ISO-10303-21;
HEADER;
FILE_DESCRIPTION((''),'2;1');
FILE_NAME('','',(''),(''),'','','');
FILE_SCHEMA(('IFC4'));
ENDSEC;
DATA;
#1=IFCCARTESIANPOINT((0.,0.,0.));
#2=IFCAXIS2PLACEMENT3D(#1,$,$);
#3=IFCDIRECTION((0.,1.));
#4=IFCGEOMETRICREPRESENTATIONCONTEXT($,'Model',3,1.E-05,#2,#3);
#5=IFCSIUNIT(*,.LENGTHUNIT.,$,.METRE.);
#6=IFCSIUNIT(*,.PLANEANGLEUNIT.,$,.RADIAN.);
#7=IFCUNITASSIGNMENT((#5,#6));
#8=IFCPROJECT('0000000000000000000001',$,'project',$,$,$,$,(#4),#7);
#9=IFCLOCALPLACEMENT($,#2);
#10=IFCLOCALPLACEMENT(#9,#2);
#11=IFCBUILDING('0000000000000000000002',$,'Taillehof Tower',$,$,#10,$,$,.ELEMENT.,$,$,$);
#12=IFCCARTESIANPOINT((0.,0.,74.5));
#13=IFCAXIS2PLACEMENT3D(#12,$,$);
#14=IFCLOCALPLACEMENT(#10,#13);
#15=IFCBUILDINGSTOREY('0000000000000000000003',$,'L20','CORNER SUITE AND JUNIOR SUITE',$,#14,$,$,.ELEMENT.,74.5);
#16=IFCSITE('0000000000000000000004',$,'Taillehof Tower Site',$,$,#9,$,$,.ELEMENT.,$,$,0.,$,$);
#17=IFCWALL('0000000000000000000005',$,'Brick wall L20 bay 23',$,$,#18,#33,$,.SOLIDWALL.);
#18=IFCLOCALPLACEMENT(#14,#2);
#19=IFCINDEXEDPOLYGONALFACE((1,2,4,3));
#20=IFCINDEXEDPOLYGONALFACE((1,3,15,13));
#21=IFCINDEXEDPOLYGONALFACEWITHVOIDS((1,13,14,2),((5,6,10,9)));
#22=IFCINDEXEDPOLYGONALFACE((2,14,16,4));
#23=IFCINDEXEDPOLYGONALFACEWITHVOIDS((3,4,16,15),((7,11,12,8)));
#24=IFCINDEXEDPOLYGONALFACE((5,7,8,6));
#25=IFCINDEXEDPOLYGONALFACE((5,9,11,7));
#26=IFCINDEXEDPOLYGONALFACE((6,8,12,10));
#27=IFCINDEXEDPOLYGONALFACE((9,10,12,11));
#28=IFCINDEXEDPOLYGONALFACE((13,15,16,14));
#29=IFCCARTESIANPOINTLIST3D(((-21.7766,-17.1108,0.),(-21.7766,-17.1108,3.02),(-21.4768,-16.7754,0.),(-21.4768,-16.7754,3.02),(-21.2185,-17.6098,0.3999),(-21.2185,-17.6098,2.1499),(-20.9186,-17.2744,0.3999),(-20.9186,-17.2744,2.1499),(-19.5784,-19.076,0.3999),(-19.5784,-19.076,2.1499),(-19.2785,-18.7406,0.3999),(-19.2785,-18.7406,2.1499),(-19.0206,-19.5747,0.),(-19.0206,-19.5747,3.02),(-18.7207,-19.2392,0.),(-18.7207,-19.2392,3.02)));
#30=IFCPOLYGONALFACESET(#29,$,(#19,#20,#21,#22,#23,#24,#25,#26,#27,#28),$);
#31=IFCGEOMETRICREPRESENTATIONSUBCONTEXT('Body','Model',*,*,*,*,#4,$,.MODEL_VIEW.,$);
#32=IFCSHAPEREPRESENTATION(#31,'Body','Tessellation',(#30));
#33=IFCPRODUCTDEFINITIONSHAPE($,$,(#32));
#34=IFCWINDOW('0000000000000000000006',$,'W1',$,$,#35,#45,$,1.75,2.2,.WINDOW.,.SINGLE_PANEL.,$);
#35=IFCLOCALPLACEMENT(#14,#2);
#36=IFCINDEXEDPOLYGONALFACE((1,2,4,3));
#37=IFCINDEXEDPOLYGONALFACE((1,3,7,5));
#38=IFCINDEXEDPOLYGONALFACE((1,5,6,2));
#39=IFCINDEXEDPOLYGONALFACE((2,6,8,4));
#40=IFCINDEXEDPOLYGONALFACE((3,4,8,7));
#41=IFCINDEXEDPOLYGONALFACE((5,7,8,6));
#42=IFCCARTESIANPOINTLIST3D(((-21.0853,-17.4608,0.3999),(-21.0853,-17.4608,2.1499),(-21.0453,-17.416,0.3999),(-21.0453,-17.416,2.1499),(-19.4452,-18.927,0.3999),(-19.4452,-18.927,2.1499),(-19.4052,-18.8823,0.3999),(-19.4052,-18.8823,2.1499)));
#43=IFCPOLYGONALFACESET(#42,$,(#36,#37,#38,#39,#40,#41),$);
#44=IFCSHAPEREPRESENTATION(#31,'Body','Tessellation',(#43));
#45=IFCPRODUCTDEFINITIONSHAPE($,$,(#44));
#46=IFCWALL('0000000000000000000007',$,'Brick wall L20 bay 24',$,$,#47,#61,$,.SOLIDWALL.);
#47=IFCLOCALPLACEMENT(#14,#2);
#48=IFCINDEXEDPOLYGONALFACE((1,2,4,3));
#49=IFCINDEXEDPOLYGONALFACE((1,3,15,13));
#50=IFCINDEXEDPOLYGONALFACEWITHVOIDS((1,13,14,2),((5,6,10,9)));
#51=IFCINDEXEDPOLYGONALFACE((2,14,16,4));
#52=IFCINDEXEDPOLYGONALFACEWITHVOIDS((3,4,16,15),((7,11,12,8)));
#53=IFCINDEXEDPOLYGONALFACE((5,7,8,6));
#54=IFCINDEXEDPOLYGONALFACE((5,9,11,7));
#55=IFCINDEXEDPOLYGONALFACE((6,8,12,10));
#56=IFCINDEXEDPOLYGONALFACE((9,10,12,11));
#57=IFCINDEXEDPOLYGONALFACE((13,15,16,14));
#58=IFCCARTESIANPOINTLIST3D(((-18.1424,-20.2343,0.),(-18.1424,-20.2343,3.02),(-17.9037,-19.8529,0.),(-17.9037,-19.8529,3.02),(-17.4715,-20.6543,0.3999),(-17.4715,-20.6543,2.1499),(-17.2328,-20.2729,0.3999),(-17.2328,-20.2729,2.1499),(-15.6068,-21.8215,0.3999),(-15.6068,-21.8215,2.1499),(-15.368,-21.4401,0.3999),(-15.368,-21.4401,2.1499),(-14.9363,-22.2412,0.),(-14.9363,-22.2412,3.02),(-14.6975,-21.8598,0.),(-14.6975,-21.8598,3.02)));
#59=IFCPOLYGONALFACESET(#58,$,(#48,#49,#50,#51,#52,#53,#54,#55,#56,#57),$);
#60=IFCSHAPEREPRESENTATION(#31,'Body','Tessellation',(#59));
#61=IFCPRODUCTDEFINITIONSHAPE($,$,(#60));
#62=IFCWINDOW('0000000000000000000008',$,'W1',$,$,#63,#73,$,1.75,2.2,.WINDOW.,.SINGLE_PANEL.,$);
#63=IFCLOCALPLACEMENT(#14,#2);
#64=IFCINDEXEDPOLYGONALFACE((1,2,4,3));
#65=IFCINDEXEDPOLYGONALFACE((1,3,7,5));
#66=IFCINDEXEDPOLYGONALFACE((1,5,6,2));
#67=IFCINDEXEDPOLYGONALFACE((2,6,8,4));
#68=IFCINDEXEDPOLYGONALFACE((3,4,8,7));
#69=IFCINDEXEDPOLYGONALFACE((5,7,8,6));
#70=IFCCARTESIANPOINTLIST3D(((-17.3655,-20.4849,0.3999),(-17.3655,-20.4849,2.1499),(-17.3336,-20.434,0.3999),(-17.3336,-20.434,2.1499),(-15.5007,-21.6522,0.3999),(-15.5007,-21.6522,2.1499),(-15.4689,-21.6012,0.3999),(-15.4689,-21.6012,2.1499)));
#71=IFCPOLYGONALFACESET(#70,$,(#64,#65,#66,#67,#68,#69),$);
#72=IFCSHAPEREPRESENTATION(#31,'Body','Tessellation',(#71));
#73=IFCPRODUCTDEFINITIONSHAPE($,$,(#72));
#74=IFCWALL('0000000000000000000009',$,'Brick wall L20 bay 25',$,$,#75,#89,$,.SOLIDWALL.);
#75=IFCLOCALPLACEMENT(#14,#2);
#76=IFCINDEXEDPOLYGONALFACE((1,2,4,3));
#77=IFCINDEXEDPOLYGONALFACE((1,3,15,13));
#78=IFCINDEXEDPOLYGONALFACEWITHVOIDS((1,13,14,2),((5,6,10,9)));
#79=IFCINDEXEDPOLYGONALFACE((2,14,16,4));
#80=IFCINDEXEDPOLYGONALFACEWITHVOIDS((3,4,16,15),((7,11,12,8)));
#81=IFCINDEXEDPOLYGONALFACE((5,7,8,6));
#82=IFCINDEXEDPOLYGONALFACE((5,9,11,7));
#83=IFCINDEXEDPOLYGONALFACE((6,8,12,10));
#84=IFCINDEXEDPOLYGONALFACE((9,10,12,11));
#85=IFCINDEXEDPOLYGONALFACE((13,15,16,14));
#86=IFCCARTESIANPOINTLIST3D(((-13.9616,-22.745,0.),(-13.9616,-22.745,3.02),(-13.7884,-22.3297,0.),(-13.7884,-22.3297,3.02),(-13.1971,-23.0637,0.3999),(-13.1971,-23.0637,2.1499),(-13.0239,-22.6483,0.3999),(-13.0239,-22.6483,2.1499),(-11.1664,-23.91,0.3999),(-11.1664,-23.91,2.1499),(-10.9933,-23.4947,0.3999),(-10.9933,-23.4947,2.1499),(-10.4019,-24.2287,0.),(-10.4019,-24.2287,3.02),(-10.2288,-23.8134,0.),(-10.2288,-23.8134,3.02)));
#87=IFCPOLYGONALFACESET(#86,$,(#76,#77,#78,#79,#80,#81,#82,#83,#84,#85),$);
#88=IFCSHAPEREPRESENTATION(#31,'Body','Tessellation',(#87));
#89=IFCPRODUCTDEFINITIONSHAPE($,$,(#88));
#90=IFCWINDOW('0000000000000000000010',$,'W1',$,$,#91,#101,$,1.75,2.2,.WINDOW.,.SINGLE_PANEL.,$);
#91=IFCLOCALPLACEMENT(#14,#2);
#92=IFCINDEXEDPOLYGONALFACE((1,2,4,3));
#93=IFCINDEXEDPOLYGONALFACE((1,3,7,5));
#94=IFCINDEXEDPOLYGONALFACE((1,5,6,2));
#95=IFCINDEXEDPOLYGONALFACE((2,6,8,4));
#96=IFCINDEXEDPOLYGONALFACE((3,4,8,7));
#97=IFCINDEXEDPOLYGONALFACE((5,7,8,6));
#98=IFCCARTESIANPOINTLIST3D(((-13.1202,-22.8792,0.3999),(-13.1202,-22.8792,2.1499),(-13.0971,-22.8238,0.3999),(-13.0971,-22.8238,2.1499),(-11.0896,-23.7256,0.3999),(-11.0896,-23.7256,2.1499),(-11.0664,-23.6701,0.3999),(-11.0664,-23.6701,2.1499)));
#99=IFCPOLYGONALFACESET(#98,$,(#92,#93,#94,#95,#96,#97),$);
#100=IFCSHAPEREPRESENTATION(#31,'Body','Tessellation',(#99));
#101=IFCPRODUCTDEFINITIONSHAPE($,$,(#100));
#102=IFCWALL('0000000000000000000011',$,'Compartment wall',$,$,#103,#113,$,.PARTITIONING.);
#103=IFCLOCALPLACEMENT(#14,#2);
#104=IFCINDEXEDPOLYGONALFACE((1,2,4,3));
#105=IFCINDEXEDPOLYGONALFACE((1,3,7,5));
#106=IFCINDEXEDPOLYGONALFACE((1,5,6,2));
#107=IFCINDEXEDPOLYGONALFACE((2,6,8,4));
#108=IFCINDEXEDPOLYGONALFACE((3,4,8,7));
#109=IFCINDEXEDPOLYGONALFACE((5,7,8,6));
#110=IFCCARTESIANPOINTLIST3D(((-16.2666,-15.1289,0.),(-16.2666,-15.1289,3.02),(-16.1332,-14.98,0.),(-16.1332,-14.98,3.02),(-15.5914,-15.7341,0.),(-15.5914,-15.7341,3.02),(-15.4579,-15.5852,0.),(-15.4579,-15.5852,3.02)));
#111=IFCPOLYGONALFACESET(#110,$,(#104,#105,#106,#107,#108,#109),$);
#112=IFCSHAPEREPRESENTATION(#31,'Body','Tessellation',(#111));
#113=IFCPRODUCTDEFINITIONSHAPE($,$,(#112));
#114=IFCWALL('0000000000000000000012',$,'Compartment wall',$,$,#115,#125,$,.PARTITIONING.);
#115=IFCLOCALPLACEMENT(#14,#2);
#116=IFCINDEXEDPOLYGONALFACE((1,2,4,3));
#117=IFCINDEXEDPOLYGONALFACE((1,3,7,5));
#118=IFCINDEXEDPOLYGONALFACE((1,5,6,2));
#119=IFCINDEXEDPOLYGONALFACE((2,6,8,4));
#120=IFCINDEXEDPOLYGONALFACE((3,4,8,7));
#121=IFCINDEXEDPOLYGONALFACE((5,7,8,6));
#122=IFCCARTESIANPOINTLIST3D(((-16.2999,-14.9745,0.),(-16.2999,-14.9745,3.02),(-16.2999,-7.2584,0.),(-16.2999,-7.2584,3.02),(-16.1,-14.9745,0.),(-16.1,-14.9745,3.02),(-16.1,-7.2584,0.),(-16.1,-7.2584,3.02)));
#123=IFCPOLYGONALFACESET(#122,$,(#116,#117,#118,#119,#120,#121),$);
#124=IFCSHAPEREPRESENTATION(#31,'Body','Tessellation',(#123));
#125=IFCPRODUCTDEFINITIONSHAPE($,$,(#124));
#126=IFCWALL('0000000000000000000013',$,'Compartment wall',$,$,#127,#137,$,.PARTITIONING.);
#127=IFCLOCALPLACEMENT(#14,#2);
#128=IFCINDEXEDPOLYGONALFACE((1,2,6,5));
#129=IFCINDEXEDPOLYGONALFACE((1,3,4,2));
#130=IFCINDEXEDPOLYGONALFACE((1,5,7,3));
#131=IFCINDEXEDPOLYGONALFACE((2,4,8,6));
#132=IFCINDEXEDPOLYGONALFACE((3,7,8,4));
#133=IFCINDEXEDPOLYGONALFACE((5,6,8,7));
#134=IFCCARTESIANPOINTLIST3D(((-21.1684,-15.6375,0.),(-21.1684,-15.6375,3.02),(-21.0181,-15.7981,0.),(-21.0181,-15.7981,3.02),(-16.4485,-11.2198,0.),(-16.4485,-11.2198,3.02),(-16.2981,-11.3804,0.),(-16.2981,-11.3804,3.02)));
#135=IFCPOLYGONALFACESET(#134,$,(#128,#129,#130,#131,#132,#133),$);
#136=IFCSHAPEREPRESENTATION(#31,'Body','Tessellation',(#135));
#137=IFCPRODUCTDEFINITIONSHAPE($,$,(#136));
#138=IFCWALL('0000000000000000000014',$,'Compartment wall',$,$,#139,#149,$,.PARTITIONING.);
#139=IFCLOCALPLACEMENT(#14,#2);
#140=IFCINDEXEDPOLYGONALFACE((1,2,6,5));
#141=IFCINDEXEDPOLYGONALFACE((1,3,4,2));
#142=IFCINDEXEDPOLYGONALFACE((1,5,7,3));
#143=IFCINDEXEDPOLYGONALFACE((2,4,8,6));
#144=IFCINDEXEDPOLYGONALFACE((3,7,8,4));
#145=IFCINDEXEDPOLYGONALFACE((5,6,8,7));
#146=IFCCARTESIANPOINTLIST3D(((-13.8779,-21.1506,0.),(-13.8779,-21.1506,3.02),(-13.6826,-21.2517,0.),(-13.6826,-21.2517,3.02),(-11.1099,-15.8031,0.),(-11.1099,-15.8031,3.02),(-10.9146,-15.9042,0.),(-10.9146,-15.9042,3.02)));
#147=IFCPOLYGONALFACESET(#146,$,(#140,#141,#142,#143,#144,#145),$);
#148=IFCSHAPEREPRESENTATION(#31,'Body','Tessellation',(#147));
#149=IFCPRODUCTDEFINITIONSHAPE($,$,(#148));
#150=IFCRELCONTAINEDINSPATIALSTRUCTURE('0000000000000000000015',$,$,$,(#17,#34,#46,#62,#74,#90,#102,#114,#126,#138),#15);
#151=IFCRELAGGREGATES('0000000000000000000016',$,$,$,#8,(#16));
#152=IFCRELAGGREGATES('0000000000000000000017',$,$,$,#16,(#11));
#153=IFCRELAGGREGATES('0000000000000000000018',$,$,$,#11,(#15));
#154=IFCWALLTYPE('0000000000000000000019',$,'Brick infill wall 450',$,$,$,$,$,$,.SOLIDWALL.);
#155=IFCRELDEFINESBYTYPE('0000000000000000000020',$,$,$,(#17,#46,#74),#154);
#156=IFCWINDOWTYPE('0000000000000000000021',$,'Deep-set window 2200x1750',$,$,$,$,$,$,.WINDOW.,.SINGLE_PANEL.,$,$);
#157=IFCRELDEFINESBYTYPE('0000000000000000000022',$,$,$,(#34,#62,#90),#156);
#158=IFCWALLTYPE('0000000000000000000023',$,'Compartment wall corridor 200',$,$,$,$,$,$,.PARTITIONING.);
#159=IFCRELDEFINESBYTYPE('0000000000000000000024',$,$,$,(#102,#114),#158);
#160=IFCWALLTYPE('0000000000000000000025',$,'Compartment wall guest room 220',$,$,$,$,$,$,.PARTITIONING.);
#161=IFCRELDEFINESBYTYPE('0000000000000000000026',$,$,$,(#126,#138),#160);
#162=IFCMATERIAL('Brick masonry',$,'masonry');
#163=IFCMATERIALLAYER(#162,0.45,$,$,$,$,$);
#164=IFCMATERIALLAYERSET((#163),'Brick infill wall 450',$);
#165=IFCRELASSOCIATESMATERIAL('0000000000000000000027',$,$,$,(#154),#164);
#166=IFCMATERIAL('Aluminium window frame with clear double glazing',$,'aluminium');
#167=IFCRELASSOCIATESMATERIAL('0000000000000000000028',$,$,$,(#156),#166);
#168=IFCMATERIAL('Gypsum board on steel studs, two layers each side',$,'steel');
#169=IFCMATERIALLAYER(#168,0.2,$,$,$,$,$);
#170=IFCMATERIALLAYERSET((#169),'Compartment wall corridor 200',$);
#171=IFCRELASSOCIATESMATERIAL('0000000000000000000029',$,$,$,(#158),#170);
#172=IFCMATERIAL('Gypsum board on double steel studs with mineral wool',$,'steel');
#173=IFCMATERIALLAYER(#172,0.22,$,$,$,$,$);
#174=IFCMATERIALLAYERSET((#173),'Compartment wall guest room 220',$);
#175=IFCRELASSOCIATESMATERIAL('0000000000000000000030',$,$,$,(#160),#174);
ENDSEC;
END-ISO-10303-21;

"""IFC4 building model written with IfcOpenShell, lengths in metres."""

from ifc_helpers import new_model, si_unit, direction, frame, frame_2d, origin, place, context, subcontext, project, spatial, rectangle, extrude, material, layer, layer_set, type_object, element, fill, save


model = new_model("IFC4")

# Units and contexts
model_context = context("Model", 3, precision=1e-05, world=origin(), true_north=direction((0.0, 1.0)))
body_context = subcontext(model_context, "Body", "Model", "MODEL_VIEW")
ifc_project = project(units=[si_unit("LENGTHUNIT", "METRE"), si_unit("PLANEANGLEUNIT", "RADIAN")], contexts=[model_context])

# Site, building, storey
site_placement = place(None, origin())
site = spatial("IfcSite", under=ifc_project, at=site_placement, Name="Taillehof Tower Site", CompositionType="ELEMENT", RefElevation=0.0)
building_placement = place(site_placement, origin())
building = spatial("IfcBuilding", under=site, at=building_placement, Name="Taillehof Tower", CompositionType="ELEMENT")
storey_placement = place(building_placement, frame((0.0, 0.0, 74.5)))
storey = spatial("IfcBuildingStorey", under=building, at=storey_placement, Name="L20", Description="CORNER SUITE AND JUNIOR SUITE", CompositionType="ELEMENT", Elevation=74.5)

# Walls, openings, windows
ifc_material_1 = material(Name="Brick masonry", Category="masonry")
ifc_layer_1 = layer(ifc_material_1, 0.45)
ifc_layer_set_1 = layer_set([ifc_layer_1], Name="Brick infill wall 450")
wall_type_1 = type_object("IfcWallType", Name="Brick infill wall 450", PredefinedType="SOLIDWALL", material=ifc_layer_set_1)
ifc_material_2 = material(Name="Aluminium window frame with clear double glazing", Category="aluminium")
window_type = type_object("IfcWindowType", Name="Deep-set window 2200x1750", PartitioningType="SINGLE_PANEL", PredefinedType="WINDOW", material=ifc_material_2)
wall_1_placement = place(storey_placement, frame((-21.6267, -16.9431, 0.0), z_axis=(0.0, 0.0, 1.0), x_axis=(0.745526, -0.666476, 0.0)))
wall_1 = element("IfcWall", 1, at=wall_1_placement, inside=storey, type_object=wall_type_1, Name="Brick wall L20 bay 23", PredefinedType="SOLIDWALL", context=body_context, shape_type="SweptSolid", body=[
    extrude(rectangle(XDim=3.6968, YDim=0.45, at=frame_2d((1.8484, 0.0))), origin(), (0.0, 0.0, 1.0), 3.02),
])
opening_1_placement = place(wall_1_placement, frame((0.7485, 0.0, 0.3999)))
opening_1 = element("IfcOpeningElement", 2, at=opening_1_placement, cuts=wall_1, PredefinedType="OPENING", context=body_context, shape_type="SweptSolid", body=[
    extrude(rectangle(XDim=2.2, YDim=1.75, at=frame_2d((1.1001, 0.875))), frame((0.0, 0.2349, 0.0), z_axis=(0.0, -1.0, 0.0), x_axis=(1.0, 0.0, 0.0)), (0.0, 0.0, 1.0), 0.47),
])
window_1_placement = place(opening_1_placement, origin())
window_1 = element("IfcWindow", 3, at=window_1_placement, inside=storey, type_object=window_type, Name="W1", OverallHeight=1.75, OverallWidth=2.2, PartitioningType="SINGLE_PANEL", PredefinedType="WINDOW", context=body_context, shape_type="SweptSolid", body=[
    extrude(rectangle(XDim=2.2, YDim=1.75, at=frame_2d((1.1001, 0.875))), frame((0.0, 0.0349, 0.0), z_axis=(0.0, -1.0, 0.0), x_axis=(1.0, 0.0, 0.0)), (0.0, 0.0, 1.0), 0.0601),
])
fill(opening_1, window_1)
wall_2_placement = place(storey_placement, frame((-18.0229, -20.0437, 0.0), z_axis=(0.0, 0.0, 1.0), x_axis=(0.847635, -0.530579, 0.0)))
wall_2 = element("IfcWall", 4, at=wall_2_placement, inside=storey, type_object=wall_type_1, Name="Brick wall L20 bay 24", PredefinedType="SOLIDWALL", context=body_context, shape_type="SweptSolid", body=[
    extrude(rectangle(XDim=3.7825, YDim=0.45, at=frame_2d((1.8911, 0.0))), origin(), (0.0, 0.0, 1.0), 3.02),
])
opening_2_placement = place(wall_2_placement, frame((0.7913, 0.0, 0.3999)))
opening_2 = element("IfcOpeningElement", 5, at=opening_2_placement, cuts=wall_2, PredefinedType="OPENING", context=body_context, shape_type="SweptSolid", body=[
    extrude(rectangle(XDim=2.2, YDim=1.75, at=frame_2d((1.1001, 0.875))), frame((0.0, 0.2349, 0.0), z_axis=(0.0, -1.0, 0.0), x_axis=(1.0, 0.0, 0.0)), (0.0, 0.0, 1.0), 0.47),
])
window_2_placement = place(opening_2_placement, origin())
window_2 = element("IfcWindow", 6, at=window_2_placement, inside=storey, type_object=window_type, Name="W1", OverallHeight=1.75, OverallWidth=2.2, PartitioningType="SINGLE_PANEL", PredefinedType="WINDOW", context=body_context, shape_type="SweptSolid", body=[
    extrude(rectangle(XDim=2.2, YDim=1.75, at=frame_2d((1.1001, 0.875))), frame((0.0, 0.0349, 0.0), z_axis=(0.0, -1.0, 0.0), x_axis=(1.0, 0.0, 0.0)), (0.0, 0.0, 1.0), 0.0601),
])
fill(opening_2, window_2)
wall_3_placement = place(storey_placement, frame((-13.875, -22.5374, 0.0), z_axis=(0.0, 0.0, 1.0), x_axis=(0.923032, -0.384723, 0.0)))
wall_3 = element("IfcWall", 7, at=wall_3_placement, inside=storey, type_object=wall_type_1, Name="Brick wall L20 bay 25", PredefinedType="SOLIDWALL", context=body_context, shape_type="SweptSolid", body=[
    extrude(rectangle(XDim=3.8564, YDim=0.45, at=frame_2d((1.9282, 0.0))), origin(), (0.0, 0.0, 1.0), 3.02),
])
opening_3_placement = place(wall_3_placement, frame((0.8281, 0.0, 0.3999)))
opening_3 = element("IfcOpeningElement", 8, at=opening_3_placement, cuts=wall_3, PredefinedType="OPENING", context=body_context, shape_type="SweptSolid", body=[
    extrude(rectangle(XDim=2.2, YDim=1.75, at=frame_2d((1.1001, 0.875))), frame((0.0, 0.2349, 0.0), z_axis=(0.0, -1.0, 0.0), x_axis=(1.0, 0.0, 0.0)), (0.0, 0.0, 1.0), 0.47),
])
window_3_placement = place(opening_3_placement, origin())
window_3 = element("IfcWindow", 9, at=window_3_placement, inside=storey, type_object=window_type, Name="W1", OverallHeight=1.75, OverallWidth=2.2, PartitioningType="SINGLE_PANEL", PredefinedType="WINDOW", context=body_context, shape_type="SweptSolid", body=[
    extrude(rectangle(XDim=2.2, YDim=1.75, at=frame_2d((1.1001, 0.875))), frame((0.0, 0.0349, 0.0), z_axis=(0.0, -1.0, 0.0), x_axis=(1.0, 0.0, 0.0)), (0.0, 0.0, 1.0), 0.0601),
])
fill(opening_3, window_3)

# Walls
ifc_material_3 = material(Name="Gypsum board on steel studs, two layers each side", Category="steel")
ifc_layer_2 = layer(ifc_material_3, 0.2)
ifc_layer_set_2 = layer_set([ifc_layer_2], Name="Compartment wall corridor 200")
wall_type_2 = type_object("IfcWallType", Name="Compartment wall corridor 200", PredefinedType="PARTITIONING", material=ifc_layer_set_2)
wall_4_placement = place(storey_placement, frame((-15.5247, -15.6597, 0.0), z_axis=(0.0, 0.0, 1.0), x_axis=(-0.744685, 0.667416, 0.0)))
element("IfcWall", 10, at=wall_4_placement, inside=storey, type_object=wall_type_2, Name="Compartment wall", PredefinedType="PARTITIONING", context=body_context, shape_type="SweptSolid", body=[
    extrude(rectangle(XDim=0.9067, YDim=0.2, at=frame_2d((0.4534, 0.0))), origin(), (0.0, 0.0, 1.0), 3.02),
])
wall_5_placement = place(storey_placement, frame((-16.2, -14.9744, 0.0), z_axis=(0.0, 0.0, 1.0), x_axis=(0.0, 1.0, 0.0)))
element("IfcWall", 11, at=wall_5_placement, inside=storey, type_object=wall_type_2, Name="Compartment wall", PredefinedType="PARTITIONING", context=body_context, shape_type="SweptSolid", body=[
    extrude(rectangle(XDim=7.7161, YDim=0.2, at=frame_2d((3.8579, 0.0))), origin(), (0.0, 0.0, 1.0), 3.02),
])
ifc_material_4 = material(Name="Gypsum board on double steel studs with mineral wool", Category="steel")
ifc_layer_3 = layer(ifc_material_4, 0.22)
ifc_layer_set_3 = layer_set([ifc_layer_3], Name="Compartment wall guest room 220")
wall_type_3 = type_object("IfcWallType", Name="Compartment wall guest room 220", PredefinedType="PARTITIONING", material=ifc_layer_set_3)
wall_6_placement = place(storey_placement, frame((-21.0933, -15.7178, 0.0), z_axis=(0.0, 0.0, 1.0), x_axis=(0.730096, 0.683344, 0.0)))
element("IfcWall", 12, at=wall_6_placement, inside=storey, type_object=wall_type_3, Name="Compartment wall", PredefinedType="PARTITIONING", context=body_context, shape_type="SweptSolid", body=[
    extrude(rectangle(XDim=6.4648, YDim=0.22, at=frame_2d((3.2324, 0.0))), origin(), (0.0, 0.0, 1.0), 3.02),
])
wall_7_placement = place(storey_placement, frame((-13.7803, -21.2012, 0.0), z_axis=(0.0, 0.0, 1.0), x_axis=(0.45969, 0.88808, 0.0)))
element("IfcWall", 13, at=wall_7_placement, inside=storey, type_object=wall_type_3, Name="Compartment wall", PredefinedType="PARTITIONING", context=body_context, shape_type="SweptSolid", body=[
    extrude(rectangle(XDim=6.0215, YDim=0.22, at=frame_2d((3.0107, 0.0))), origin(), (0.0, 0.0, 1.0), 3.02),
])

save(model, "model.ifc")
